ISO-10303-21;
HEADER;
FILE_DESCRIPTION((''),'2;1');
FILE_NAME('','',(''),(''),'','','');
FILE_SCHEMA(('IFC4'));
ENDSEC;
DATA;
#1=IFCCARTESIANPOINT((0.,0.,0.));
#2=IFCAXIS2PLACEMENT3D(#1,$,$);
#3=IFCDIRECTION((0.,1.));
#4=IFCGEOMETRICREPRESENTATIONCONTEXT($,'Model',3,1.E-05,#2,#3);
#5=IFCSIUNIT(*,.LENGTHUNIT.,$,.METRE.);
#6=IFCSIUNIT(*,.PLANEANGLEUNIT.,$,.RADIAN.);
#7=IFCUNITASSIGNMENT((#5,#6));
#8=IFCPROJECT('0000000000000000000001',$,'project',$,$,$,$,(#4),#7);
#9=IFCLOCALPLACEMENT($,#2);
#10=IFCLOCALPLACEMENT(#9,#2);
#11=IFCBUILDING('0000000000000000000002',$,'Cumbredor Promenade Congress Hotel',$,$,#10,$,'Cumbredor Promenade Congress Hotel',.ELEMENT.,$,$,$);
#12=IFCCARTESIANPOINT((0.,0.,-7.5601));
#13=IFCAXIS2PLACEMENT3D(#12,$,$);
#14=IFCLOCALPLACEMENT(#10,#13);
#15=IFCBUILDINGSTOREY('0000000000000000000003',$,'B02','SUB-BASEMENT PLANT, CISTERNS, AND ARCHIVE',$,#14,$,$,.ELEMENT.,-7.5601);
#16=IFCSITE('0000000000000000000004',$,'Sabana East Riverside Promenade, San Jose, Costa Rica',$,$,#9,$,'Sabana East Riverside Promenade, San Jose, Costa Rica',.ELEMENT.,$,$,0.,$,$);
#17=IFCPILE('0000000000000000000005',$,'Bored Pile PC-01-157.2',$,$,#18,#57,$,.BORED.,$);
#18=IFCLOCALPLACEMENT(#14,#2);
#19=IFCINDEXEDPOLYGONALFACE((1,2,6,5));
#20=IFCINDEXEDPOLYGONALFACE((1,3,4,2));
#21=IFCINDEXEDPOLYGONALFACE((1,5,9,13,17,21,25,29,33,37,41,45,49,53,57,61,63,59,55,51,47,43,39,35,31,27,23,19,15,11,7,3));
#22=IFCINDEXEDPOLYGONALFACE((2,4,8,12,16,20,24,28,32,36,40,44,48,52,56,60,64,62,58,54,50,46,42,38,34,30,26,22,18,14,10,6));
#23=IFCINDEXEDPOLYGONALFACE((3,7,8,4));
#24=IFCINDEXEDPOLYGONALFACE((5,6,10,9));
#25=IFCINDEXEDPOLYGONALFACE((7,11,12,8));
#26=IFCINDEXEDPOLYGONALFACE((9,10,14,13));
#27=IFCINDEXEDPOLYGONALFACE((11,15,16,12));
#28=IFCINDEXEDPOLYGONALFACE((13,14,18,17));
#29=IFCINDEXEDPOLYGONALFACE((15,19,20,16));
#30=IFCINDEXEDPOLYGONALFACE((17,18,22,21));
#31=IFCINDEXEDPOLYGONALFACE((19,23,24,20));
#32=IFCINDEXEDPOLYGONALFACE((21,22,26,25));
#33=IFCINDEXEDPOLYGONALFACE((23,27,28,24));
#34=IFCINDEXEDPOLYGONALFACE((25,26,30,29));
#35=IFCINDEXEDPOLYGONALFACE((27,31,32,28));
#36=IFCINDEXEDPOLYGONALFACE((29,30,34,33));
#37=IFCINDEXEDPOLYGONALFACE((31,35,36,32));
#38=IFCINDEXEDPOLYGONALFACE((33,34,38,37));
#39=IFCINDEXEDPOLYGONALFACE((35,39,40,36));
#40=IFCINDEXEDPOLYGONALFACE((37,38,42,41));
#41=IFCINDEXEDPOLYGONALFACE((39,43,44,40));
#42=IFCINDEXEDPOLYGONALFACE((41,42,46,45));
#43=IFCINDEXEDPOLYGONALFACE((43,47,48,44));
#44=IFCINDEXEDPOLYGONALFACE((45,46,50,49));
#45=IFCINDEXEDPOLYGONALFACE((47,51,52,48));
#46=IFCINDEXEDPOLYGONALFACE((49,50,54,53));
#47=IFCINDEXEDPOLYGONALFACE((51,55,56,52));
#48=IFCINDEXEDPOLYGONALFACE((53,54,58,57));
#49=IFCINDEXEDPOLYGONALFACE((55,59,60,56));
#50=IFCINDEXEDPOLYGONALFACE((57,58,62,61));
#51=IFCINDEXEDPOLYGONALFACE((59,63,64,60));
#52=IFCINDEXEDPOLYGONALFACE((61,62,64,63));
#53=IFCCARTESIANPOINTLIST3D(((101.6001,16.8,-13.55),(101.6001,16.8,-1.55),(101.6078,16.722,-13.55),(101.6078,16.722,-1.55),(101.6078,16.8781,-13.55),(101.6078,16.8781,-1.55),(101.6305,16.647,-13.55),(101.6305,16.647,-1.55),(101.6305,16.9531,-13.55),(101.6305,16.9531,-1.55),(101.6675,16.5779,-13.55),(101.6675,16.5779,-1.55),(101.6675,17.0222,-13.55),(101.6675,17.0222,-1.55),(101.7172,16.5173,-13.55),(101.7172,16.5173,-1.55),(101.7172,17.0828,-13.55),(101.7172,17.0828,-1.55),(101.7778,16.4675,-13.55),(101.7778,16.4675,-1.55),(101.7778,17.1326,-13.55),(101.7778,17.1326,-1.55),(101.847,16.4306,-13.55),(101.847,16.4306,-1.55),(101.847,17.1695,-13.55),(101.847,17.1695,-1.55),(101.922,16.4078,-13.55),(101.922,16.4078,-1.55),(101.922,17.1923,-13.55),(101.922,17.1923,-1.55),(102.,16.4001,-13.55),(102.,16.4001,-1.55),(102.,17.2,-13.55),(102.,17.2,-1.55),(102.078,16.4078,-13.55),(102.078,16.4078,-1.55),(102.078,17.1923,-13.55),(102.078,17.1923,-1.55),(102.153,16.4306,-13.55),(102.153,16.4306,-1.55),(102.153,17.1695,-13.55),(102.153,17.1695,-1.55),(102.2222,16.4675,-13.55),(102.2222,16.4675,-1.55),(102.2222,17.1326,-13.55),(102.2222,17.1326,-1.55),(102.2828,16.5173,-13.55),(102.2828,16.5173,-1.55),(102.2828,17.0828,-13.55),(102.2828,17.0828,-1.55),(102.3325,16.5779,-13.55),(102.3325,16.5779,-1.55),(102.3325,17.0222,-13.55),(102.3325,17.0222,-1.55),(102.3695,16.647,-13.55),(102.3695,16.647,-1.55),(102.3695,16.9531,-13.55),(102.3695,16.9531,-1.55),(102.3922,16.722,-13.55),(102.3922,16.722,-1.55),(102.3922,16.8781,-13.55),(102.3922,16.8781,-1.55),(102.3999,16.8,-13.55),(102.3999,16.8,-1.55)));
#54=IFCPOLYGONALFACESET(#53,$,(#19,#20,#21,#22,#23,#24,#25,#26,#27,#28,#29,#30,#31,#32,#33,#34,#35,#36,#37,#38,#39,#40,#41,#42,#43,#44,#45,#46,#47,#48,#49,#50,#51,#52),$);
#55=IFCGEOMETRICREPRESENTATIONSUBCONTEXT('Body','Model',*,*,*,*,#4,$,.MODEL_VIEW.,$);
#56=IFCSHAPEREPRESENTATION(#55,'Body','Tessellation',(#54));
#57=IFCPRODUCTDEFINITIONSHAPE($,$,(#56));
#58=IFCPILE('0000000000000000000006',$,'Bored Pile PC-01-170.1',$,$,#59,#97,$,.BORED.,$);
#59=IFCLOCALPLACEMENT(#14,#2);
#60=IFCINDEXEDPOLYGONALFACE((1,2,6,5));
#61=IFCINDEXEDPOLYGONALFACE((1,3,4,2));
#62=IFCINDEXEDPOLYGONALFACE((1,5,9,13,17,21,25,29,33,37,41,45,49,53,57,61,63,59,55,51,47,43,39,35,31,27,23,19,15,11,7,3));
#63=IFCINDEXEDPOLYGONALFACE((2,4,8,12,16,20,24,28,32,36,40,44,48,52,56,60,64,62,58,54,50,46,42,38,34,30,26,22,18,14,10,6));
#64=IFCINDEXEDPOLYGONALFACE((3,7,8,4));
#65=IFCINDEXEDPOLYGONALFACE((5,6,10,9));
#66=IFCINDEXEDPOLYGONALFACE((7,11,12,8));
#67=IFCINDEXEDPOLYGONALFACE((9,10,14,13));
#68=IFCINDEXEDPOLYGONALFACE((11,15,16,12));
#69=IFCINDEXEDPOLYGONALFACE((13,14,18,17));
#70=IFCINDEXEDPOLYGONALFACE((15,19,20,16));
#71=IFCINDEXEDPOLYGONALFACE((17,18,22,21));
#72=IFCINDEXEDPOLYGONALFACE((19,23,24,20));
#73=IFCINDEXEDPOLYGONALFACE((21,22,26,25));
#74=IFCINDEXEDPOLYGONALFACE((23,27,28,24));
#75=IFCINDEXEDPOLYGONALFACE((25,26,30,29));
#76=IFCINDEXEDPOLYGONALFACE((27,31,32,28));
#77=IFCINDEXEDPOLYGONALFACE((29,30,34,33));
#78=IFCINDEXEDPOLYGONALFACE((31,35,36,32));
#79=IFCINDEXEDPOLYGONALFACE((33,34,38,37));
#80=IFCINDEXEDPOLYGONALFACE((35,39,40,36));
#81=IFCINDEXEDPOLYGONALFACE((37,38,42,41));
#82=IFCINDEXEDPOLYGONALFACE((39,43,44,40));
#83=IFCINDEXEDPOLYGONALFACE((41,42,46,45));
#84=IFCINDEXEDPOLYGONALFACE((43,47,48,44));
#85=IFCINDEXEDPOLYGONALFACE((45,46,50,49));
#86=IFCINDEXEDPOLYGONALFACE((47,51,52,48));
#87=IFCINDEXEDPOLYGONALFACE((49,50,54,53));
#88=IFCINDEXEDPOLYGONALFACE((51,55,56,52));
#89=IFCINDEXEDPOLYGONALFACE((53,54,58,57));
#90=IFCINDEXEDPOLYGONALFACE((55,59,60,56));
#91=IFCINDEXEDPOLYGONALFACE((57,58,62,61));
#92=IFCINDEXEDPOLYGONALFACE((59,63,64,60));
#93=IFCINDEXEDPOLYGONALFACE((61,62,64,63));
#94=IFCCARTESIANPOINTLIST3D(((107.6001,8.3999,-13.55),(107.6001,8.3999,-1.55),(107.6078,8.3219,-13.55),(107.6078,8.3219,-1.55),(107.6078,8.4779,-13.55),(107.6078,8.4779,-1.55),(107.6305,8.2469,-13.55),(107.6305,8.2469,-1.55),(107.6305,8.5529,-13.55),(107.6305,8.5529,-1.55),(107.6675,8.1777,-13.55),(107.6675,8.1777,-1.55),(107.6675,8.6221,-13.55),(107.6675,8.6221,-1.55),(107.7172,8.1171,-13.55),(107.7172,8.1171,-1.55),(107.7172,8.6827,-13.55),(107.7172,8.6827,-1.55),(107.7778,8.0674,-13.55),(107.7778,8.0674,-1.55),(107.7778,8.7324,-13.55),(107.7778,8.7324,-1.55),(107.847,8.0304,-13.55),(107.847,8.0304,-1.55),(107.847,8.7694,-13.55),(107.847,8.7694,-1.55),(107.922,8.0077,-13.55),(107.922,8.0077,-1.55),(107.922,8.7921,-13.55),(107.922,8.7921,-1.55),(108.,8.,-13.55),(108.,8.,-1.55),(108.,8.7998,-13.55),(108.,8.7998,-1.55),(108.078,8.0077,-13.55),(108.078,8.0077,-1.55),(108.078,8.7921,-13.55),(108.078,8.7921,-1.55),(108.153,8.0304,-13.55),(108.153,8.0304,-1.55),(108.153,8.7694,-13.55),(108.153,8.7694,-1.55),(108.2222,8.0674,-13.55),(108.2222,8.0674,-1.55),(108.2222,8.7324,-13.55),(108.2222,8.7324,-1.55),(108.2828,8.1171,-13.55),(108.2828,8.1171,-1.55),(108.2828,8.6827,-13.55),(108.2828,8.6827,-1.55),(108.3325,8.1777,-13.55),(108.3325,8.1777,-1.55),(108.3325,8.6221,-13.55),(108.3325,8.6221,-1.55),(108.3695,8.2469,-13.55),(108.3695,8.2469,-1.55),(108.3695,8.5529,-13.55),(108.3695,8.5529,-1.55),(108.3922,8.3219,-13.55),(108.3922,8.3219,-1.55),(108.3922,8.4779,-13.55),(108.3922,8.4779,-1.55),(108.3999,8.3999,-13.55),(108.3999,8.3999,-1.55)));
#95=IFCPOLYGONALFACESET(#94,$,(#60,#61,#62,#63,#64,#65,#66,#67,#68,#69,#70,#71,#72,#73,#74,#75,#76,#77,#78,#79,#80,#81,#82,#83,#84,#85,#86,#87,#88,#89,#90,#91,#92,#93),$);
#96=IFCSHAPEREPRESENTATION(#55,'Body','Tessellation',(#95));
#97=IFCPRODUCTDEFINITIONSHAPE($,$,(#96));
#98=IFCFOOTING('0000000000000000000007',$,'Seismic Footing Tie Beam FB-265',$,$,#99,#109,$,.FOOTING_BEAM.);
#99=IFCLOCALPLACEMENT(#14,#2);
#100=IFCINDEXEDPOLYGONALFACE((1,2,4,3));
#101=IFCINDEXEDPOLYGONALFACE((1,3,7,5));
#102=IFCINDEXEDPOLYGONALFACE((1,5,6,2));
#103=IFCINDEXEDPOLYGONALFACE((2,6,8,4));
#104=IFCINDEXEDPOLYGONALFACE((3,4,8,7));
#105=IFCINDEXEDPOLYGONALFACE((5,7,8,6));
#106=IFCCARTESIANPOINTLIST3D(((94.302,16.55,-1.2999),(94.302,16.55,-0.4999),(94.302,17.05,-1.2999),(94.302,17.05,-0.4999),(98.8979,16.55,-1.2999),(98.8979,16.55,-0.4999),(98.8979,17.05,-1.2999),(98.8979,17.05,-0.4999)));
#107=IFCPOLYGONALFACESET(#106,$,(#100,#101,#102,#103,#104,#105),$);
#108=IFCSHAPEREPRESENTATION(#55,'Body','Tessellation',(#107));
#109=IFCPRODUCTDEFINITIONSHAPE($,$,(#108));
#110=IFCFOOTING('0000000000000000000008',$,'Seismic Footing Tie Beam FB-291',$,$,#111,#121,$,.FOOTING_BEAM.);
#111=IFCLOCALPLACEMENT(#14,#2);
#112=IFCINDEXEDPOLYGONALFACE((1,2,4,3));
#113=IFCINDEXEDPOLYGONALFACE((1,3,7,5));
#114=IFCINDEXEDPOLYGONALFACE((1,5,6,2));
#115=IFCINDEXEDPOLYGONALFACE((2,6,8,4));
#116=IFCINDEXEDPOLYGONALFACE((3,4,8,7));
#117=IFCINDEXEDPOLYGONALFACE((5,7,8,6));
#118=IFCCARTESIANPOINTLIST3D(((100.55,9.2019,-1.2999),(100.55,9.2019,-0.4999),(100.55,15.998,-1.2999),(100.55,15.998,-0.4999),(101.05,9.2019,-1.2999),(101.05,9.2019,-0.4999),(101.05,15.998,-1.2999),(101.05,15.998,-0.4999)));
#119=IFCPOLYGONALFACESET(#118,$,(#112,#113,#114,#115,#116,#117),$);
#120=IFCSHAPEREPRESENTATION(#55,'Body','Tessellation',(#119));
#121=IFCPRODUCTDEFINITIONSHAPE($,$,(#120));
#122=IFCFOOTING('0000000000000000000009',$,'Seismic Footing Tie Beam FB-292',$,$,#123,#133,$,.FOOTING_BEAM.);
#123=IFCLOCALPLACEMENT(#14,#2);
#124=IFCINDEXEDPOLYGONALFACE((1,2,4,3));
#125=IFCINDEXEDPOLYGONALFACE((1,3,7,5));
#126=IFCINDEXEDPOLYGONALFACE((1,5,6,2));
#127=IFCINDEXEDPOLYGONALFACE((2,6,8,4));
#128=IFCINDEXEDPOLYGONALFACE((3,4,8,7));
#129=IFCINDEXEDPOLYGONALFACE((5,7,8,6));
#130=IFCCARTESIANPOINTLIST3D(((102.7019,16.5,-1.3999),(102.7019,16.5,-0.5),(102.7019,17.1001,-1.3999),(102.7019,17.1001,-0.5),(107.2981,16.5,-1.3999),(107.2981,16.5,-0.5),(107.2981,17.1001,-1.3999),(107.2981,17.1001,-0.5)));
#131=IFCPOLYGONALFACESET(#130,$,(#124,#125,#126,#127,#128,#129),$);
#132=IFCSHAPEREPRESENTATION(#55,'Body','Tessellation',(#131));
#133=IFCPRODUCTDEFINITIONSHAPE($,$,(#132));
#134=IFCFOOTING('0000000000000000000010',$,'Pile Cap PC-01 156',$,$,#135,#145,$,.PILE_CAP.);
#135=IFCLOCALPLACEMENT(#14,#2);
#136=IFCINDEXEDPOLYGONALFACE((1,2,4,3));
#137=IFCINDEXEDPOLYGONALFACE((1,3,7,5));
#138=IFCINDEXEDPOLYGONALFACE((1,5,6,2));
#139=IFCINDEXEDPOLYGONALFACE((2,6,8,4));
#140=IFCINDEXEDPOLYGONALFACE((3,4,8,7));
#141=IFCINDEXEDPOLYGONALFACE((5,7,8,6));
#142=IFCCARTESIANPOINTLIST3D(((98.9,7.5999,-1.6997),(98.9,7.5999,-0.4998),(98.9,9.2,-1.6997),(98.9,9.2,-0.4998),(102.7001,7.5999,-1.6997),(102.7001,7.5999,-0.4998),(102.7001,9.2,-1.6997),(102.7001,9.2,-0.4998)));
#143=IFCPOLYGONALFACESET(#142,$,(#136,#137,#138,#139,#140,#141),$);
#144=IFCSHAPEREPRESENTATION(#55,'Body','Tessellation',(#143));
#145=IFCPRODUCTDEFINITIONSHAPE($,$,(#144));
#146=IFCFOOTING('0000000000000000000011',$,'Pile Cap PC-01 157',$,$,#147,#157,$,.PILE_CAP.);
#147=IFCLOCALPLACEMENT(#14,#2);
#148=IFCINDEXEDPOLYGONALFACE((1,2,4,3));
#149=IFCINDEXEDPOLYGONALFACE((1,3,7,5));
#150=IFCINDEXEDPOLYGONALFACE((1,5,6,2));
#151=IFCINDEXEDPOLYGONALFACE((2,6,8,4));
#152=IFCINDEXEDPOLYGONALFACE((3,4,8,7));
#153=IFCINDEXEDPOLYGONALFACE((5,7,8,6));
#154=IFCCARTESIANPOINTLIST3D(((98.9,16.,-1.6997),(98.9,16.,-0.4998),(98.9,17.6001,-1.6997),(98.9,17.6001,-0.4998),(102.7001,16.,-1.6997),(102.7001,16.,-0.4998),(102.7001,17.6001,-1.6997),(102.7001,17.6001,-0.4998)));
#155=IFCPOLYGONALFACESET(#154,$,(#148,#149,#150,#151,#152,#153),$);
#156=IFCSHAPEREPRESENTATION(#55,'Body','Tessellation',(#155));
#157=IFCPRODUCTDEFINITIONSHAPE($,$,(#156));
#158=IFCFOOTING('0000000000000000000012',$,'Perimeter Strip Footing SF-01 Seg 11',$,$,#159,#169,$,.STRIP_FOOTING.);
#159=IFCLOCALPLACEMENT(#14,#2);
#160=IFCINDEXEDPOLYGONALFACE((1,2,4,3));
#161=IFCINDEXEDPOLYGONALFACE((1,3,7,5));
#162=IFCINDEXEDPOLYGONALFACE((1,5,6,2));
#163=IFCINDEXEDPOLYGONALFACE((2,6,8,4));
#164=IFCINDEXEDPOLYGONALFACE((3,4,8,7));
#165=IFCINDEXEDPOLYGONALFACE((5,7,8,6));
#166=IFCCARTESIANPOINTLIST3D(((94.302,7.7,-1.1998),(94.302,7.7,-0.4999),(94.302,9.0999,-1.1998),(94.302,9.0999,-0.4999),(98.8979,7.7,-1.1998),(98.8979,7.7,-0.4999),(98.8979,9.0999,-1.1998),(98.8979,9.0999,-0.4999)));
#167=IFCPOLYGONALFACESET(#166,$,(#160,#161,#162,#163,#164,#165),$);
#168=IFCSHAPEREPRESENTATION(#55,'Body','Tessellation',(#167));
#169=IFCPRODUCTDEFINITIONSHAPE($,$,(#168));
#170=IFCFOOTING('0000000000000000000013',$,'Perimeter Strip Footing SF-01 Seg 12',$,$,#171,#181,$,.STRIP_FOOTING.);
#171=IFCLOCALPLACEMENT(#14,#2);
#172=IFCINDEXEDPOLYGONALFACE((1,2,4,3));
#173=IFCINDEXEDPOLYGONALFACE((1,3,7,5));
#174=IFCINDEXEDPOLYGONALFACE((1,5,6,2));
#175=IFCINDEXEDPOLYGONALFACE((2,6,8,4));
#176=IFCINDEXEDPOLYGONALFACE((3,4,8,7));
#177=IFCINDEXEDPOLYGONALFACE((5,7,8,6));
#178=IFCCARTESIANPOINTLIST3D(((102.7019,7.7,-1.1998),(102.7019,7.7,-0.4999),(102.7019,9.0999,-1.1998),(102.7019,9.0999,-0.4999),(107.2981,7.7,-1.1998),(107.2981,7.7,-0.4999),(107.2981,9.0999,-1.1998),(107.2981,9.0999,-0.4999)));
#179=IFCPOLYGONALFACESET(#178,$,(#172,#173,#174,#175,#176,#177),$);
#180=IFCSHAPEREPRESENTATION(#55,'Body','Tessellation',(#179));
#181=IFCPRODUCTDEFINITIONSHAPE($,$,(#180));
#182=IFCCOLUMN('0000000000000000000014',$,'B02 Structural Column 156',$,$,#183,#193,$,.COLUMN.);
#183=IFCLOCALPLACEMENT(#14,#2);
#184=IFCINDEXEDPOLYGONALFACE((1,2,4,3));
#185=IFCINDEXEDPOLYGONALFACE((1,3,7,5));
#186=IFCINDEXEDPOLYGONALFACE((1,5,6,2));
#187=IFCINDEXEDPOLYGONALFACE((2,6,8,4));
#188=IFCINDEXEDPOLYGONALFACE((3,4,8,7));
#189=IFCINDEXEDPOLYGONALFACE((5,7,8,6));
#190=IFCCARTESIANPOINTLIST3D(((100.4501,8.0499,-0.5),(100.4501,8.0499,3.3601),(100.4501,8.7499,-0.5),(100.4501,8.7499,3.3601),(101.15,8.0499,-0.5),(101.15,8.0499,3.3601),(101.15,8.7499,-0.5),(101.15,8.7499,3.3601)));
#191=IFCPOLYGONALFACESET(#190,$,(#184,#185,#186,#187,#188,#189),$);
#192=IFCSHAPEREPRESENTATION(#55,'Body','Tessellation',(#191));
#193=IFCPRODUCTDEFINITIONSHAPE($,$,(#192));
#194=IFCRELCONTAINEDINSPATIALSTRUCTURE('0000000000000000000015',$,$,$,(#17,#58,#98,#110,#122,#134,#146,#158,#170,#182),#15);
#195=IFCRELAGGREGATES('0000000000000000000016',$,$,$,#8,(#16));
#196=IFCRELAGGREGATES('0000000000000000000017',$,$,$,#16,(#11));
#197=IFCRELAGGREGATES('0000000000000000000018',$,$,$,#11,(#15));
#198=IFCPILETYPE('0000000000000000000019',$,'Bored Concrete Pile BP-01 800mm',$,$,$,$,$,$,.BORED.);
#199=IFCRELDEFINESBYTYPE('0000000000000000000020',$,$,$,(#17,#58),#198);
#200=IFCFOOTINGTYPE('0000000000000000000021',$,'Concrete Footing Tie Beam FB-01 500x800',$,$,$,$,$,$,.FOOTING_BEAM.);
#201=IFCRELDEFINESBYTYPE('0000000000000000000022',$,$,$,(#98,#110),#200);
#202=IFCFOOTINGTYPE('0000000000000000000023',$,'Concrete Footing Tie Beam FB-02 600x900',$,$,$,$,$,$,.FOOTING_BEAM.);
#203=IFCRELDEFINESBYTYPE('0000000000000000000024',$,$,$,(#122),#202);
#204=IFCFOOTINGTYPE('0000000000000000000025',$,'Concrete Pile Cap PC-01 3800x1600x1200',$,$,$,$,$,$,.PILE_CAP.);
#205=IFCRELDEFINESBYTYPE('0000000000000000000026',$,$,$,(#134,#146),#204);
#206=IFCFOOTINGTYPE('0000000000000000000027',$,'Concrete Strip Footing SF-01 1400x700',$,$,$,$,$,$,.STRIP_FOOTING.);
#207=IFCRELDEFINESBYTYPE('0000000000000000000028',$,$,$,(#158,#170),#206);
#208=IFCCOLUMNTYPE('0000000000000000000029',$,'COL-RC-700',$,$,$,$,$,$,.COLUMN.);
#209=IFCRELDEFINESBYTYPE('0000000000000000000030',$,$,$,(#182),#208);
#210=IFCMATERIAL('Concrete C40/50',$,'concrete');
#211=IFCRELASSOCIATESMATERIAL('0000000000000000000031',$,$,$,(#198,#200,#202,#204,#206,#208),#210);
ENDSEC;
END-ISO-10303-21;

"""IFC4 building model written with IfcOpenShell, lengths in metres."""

from ifc_helpers import new_model, si_unit, direction, frame, origin, origin_2d, place, context, subcontext, project, spatial, rectangle, circle, extrude, material, material_profile, profile_set, type_object, element, save


model = new_model("IFC4")

# Units and contexts
model_context = context("Model", 3, precision=1e-05, world=origin(), true_north=direction((0.0, 1.0)))
body_context = subcontext(model_context, "Body", "Model", "MODEL_VIEW")
ifc_project = project(units=[si_unit("LENGTHUNIT", "METRE"), si_unit("PLANEANGLEUNIT", "RADIAN")], contexts=[model_context])

# Site, building, storey
site_placement = place(None, origin())
site = spatial("IfcSite", under=ifc_project, at=site_placement, Name="Sabana East Riverside Promenade, San Jose, Costa Rica", LongName="Sabana East Riverside Promenade, San Jose, Costa Rica", CompositionType="ELEMENT", RefElevation=0.0)
building_placement = place(site_placement, origin())
building = spatial("IfcBuilding", under=site, at=building_placement, Name="Cumbredor Promenade Congress Hotel", LongName="Cumbredor Promenade Congress Hotel", CompositionType="ELEMENT")
storey_placement = place(building_placement, frame((0.0, 0.0, -7.5601)))
storey = spatial("IfcBuildingStorey", under=building, at=storey_placement, Name="B02", Description="SUB-BASEMENT PLANT, CISTERNS, AND ARCHIVE", CompositionType="ELEMENT", Elevation=-7.5601)

# Piles
ifc_material_1 = material(Name="Concrete C40/50", Category="concrete")
ifc_material_profile_1 = material_profile(ifc_material_1, circle(Radius=0.3999, at=origin_2d()), Name="PILE D800")
ifc_profile_set_1 = profile_set([ifc_material_profile_1], Name="Concrete C40/50")
pile_type = type_object("IfcPileType", Name="Bored Concrete Pile BP-01 800mm", PredefinedType="BORED", material=ifc_profile_set_1)
for number, where, z_axis, x_axis, name in (
    (1, (102.0, 16.8, -1.55), (0.0, 0.0, -1.0), (1.0, 0.0, 0.0), "Bored Pile PC-01-157.2"),
    (2, (108.0, 8.3999, -1.55), (0.0, 0.0, -1.0), (1.0, 0.0, 0.0), "Bored Pile PC-01-170.1"),
):
    element("IfcPile", number, at=place(storey_placement, frame(where, z_axis=z_axis, x_axis=x_axis)), inside=storey, type_object=pile_type, Name=name, PredefinedType="BORED", context=body_context, shape_type="SweptSolid", body=[
        extrude(circle(Radius=0.3999, at=origin_2d()), origin(), (0.0, 0.0, 1.0), 12.0),
    ])

# Footings
ifc_material_profile_2 = material_profile(ifc_material_1, rectangle(XDim=0.5, YDim=0.8, at=origin_2d()), Name="FB 500x800")
ifc_profile_set_2 = profile_set([ifc_material_profile_2], Name="Concrete C40/50")
footing_type_1 = type_object("IfcFootingType", Name="Concrete Footing Tie Beam FB-01 500x800", PredefinedType="FOOTING_BEAM", material=ifc_profile_set_2)
footing_1_placement = place(storey_placement, frame((94.302, 16.8, -0.8999), z_axis=(1.0, 0.0, 0.0), x_axis=(0.0, 1.0, 0.0)))
element("IfcFooting", 3, at=footing_1_placement, inside=storey, type_object=footing_type_1, Name="Seismic Footing Tie Beam FB-265", PredefinedType="FOOTING_BEAM", context=body_context, shape_type="SweptSolid", body=[
    extrude(rectangle(XDim=0.5, YDim=0.8, at=origin_2d()), origin(), (0.0, 0.0, 1.0), 4.5959),
])
footing_2_placement = place(storey_placement, frame((100.8, 9.2019, -0.8999), z_axis=(0.0, 1.0, 0.0), x_axis=(-1.0, 0.0, 0.0)))
element("IfcFooting", 4, at=footing_2_placement, inside=storey, type_object=footing_type_1, Name="Seismic Footing Tie Beam FB-291", PredefinedType="FOOTING_BEAM", context=body_context, shape_type="SweptSolid", body=[
    extrude(rectangle(XDim=0.5, YDim=0.8, at=origin_2d()), origin(), (0.0, 0.0, 1.0), 6.7961),
])
ifc_material_profile_3 = material_profile(ifc_material_1, rectangle(XDim=0.6001, YDim=0.8999, at=origin_2d()), Name="FB 600x900")
ifc_profile_set_3 = profile_set([ifc_material_profile_3], Name="Concrete C40/50")
footing_type_2 = type_object("IfcFootingType", Name="Concrete Footing Tie Beam FB-02 600x900", PredefinedType="FOOTING_BEAM", material=ifc_profile_set_3)
footing_3_placement = place(storey_placement, frame((102.7019, 16.8, -0.95), z_axis=(1.0, 0.0, 0.0), x_axis=(0.0, 1.0, 0.0)))
element("IfcFooting", 5, at=footing_3_placement, inside=storey, type_object=footing_type_2, Name="Seismic Footing Tie Beam FB-292", PredefinedType="FOOTING_BEAM", context=body_context, shape_type="SweptSolid", body=[
    extrude(rectangle(XDim=0.6001, YDim=0.8999, at=origin_2d()), origin(), (0.0, 0.0, 1.0), 4.5962),
])
footing_type_3 = type_object("IfcFootingType", Name="Concrete Pile Cap PC-01 3800x1600x1200", PredefinedType="PILE_CAP", material=ifc_material_1)
for number, where, z_axis, x_axis, name in (
    (6, (100.8, 8.3999, -1.6997), (0.0, 0.0, 1.0), (1.0, 0.0, 0.0), "Pile Cap PC-01 156"),
    (7, (100.8, 16.8, -1.6997), (0.0, 0.0, 1.0), (1.0, 0.0, 0.0), "Pile Cap PC-01 157"),
):
    element("IfcFooting", number, at=place(storey_placement, frame(where, z_axis=z_axis, x_axis=x_axis)), inside=storey, type_object=footing_type_3, Name=name, PredefinedType="PILE_CAP", context=body_context, shape_type="SweptSolid", body=[
        extrude(rectangle(XDim=3.8, YDim=1.6001, at=origin_2d()), origin(), (0.0, 0.0, 1.0), 1.2),
    ])
ifc_material_profile_4 = material_profile(ifc_material_1, rectangle(XDim=1.3999, YDim=0.7, at=origin_2d()), Name="SF 1400x700")
ifc_profile_set_4 = profile_set([ifc_material_profile_4], Name="Concrete C40/50")
footing_type_4 = type_object("IfcFootingType", Name="Concrete Strip Footing SF-01 1400x700", PredefinedType="STRIP_FOOTING", material=ifc_profile_set_4)
footing_4_placement = place(storey_placement, frame((94.302, 8.3999, -0.8499), z_axis=(1.0, 0.0, 0.0), x_axis=(0.0, 1.0, 0.0)))
element("IfcFooting", 8, at=footing_4_placement, inside=storey, type_object=footing_type_4, Name="Perimeter Strip Footing SF-01 Seg 11", PredefinedType="STRIP_FOOTING", context=body_context, shape_type="SweptSolid", body=[
    extrude(rectangle(XDim=1.3999, YDim=0.7, at=origin_2d()), origin(), (0.0, 0.0, 1.0), 4.5959),
])
footing_5_placement = place(storey_placement, frame((102.7019, 8.3999, -0.8499), z_axis=(1.0, 0.0, 0.0), x_axis=(0.0, 1.0, 0.0)))
element("IfcFooting", 9, at=footing_5_placement, inside=storey, type_object=footing_type_4, Name="Perimeter Strip Footing SF-01 Seg 12", PredefinedType="STRIP_FOOTING", context=body_context, shape_type="SweptSolid", body=[
    extrude(rectangle(XDim=1.3999, YDim=0.7, at=origin_2d()), origin(), (0.0, 0.0, 1.0), 4.5962),
])

# Column
ifc_material_profile_5 = material_profile(ifc_material_1, rectangle(XDim=0.7, YDim=0.7, at=origin_2d()), Name="RC 700x700")
ifc_profile_set_5 = profile_set([ifc_material_profile_5], Name="Concrete C40/50")
column_type = type_object("IfcColumnType", Name="COL-RC-700", PredefinedType="COLUMN", material=ifc_profile_set_5)
for number, where, z_axis, x_axis, name in (
    (10, (100.8, 8.3999, -0.5), (0.0, 0.0, 1.0), (1.0, 0.0, 0.0), "B02 Structural Column 156"),
):
    element("IfcColumn", number, at=place(storey_placement, frame(where, z_axis=z_axis, x_axis=x_axis)), inside=storey, type_object=column_type, Name=name, PredefinedType="COLUMN", context=body_context, shape_type="SweptSolid", body=[
        extrude(rectangle(XDim=0.7, YDim=0.7, at=origin_2d()), origin(), (0.0, 0.0, 1.0), 3.8601),
    ])

save(model, "model.ifc")
